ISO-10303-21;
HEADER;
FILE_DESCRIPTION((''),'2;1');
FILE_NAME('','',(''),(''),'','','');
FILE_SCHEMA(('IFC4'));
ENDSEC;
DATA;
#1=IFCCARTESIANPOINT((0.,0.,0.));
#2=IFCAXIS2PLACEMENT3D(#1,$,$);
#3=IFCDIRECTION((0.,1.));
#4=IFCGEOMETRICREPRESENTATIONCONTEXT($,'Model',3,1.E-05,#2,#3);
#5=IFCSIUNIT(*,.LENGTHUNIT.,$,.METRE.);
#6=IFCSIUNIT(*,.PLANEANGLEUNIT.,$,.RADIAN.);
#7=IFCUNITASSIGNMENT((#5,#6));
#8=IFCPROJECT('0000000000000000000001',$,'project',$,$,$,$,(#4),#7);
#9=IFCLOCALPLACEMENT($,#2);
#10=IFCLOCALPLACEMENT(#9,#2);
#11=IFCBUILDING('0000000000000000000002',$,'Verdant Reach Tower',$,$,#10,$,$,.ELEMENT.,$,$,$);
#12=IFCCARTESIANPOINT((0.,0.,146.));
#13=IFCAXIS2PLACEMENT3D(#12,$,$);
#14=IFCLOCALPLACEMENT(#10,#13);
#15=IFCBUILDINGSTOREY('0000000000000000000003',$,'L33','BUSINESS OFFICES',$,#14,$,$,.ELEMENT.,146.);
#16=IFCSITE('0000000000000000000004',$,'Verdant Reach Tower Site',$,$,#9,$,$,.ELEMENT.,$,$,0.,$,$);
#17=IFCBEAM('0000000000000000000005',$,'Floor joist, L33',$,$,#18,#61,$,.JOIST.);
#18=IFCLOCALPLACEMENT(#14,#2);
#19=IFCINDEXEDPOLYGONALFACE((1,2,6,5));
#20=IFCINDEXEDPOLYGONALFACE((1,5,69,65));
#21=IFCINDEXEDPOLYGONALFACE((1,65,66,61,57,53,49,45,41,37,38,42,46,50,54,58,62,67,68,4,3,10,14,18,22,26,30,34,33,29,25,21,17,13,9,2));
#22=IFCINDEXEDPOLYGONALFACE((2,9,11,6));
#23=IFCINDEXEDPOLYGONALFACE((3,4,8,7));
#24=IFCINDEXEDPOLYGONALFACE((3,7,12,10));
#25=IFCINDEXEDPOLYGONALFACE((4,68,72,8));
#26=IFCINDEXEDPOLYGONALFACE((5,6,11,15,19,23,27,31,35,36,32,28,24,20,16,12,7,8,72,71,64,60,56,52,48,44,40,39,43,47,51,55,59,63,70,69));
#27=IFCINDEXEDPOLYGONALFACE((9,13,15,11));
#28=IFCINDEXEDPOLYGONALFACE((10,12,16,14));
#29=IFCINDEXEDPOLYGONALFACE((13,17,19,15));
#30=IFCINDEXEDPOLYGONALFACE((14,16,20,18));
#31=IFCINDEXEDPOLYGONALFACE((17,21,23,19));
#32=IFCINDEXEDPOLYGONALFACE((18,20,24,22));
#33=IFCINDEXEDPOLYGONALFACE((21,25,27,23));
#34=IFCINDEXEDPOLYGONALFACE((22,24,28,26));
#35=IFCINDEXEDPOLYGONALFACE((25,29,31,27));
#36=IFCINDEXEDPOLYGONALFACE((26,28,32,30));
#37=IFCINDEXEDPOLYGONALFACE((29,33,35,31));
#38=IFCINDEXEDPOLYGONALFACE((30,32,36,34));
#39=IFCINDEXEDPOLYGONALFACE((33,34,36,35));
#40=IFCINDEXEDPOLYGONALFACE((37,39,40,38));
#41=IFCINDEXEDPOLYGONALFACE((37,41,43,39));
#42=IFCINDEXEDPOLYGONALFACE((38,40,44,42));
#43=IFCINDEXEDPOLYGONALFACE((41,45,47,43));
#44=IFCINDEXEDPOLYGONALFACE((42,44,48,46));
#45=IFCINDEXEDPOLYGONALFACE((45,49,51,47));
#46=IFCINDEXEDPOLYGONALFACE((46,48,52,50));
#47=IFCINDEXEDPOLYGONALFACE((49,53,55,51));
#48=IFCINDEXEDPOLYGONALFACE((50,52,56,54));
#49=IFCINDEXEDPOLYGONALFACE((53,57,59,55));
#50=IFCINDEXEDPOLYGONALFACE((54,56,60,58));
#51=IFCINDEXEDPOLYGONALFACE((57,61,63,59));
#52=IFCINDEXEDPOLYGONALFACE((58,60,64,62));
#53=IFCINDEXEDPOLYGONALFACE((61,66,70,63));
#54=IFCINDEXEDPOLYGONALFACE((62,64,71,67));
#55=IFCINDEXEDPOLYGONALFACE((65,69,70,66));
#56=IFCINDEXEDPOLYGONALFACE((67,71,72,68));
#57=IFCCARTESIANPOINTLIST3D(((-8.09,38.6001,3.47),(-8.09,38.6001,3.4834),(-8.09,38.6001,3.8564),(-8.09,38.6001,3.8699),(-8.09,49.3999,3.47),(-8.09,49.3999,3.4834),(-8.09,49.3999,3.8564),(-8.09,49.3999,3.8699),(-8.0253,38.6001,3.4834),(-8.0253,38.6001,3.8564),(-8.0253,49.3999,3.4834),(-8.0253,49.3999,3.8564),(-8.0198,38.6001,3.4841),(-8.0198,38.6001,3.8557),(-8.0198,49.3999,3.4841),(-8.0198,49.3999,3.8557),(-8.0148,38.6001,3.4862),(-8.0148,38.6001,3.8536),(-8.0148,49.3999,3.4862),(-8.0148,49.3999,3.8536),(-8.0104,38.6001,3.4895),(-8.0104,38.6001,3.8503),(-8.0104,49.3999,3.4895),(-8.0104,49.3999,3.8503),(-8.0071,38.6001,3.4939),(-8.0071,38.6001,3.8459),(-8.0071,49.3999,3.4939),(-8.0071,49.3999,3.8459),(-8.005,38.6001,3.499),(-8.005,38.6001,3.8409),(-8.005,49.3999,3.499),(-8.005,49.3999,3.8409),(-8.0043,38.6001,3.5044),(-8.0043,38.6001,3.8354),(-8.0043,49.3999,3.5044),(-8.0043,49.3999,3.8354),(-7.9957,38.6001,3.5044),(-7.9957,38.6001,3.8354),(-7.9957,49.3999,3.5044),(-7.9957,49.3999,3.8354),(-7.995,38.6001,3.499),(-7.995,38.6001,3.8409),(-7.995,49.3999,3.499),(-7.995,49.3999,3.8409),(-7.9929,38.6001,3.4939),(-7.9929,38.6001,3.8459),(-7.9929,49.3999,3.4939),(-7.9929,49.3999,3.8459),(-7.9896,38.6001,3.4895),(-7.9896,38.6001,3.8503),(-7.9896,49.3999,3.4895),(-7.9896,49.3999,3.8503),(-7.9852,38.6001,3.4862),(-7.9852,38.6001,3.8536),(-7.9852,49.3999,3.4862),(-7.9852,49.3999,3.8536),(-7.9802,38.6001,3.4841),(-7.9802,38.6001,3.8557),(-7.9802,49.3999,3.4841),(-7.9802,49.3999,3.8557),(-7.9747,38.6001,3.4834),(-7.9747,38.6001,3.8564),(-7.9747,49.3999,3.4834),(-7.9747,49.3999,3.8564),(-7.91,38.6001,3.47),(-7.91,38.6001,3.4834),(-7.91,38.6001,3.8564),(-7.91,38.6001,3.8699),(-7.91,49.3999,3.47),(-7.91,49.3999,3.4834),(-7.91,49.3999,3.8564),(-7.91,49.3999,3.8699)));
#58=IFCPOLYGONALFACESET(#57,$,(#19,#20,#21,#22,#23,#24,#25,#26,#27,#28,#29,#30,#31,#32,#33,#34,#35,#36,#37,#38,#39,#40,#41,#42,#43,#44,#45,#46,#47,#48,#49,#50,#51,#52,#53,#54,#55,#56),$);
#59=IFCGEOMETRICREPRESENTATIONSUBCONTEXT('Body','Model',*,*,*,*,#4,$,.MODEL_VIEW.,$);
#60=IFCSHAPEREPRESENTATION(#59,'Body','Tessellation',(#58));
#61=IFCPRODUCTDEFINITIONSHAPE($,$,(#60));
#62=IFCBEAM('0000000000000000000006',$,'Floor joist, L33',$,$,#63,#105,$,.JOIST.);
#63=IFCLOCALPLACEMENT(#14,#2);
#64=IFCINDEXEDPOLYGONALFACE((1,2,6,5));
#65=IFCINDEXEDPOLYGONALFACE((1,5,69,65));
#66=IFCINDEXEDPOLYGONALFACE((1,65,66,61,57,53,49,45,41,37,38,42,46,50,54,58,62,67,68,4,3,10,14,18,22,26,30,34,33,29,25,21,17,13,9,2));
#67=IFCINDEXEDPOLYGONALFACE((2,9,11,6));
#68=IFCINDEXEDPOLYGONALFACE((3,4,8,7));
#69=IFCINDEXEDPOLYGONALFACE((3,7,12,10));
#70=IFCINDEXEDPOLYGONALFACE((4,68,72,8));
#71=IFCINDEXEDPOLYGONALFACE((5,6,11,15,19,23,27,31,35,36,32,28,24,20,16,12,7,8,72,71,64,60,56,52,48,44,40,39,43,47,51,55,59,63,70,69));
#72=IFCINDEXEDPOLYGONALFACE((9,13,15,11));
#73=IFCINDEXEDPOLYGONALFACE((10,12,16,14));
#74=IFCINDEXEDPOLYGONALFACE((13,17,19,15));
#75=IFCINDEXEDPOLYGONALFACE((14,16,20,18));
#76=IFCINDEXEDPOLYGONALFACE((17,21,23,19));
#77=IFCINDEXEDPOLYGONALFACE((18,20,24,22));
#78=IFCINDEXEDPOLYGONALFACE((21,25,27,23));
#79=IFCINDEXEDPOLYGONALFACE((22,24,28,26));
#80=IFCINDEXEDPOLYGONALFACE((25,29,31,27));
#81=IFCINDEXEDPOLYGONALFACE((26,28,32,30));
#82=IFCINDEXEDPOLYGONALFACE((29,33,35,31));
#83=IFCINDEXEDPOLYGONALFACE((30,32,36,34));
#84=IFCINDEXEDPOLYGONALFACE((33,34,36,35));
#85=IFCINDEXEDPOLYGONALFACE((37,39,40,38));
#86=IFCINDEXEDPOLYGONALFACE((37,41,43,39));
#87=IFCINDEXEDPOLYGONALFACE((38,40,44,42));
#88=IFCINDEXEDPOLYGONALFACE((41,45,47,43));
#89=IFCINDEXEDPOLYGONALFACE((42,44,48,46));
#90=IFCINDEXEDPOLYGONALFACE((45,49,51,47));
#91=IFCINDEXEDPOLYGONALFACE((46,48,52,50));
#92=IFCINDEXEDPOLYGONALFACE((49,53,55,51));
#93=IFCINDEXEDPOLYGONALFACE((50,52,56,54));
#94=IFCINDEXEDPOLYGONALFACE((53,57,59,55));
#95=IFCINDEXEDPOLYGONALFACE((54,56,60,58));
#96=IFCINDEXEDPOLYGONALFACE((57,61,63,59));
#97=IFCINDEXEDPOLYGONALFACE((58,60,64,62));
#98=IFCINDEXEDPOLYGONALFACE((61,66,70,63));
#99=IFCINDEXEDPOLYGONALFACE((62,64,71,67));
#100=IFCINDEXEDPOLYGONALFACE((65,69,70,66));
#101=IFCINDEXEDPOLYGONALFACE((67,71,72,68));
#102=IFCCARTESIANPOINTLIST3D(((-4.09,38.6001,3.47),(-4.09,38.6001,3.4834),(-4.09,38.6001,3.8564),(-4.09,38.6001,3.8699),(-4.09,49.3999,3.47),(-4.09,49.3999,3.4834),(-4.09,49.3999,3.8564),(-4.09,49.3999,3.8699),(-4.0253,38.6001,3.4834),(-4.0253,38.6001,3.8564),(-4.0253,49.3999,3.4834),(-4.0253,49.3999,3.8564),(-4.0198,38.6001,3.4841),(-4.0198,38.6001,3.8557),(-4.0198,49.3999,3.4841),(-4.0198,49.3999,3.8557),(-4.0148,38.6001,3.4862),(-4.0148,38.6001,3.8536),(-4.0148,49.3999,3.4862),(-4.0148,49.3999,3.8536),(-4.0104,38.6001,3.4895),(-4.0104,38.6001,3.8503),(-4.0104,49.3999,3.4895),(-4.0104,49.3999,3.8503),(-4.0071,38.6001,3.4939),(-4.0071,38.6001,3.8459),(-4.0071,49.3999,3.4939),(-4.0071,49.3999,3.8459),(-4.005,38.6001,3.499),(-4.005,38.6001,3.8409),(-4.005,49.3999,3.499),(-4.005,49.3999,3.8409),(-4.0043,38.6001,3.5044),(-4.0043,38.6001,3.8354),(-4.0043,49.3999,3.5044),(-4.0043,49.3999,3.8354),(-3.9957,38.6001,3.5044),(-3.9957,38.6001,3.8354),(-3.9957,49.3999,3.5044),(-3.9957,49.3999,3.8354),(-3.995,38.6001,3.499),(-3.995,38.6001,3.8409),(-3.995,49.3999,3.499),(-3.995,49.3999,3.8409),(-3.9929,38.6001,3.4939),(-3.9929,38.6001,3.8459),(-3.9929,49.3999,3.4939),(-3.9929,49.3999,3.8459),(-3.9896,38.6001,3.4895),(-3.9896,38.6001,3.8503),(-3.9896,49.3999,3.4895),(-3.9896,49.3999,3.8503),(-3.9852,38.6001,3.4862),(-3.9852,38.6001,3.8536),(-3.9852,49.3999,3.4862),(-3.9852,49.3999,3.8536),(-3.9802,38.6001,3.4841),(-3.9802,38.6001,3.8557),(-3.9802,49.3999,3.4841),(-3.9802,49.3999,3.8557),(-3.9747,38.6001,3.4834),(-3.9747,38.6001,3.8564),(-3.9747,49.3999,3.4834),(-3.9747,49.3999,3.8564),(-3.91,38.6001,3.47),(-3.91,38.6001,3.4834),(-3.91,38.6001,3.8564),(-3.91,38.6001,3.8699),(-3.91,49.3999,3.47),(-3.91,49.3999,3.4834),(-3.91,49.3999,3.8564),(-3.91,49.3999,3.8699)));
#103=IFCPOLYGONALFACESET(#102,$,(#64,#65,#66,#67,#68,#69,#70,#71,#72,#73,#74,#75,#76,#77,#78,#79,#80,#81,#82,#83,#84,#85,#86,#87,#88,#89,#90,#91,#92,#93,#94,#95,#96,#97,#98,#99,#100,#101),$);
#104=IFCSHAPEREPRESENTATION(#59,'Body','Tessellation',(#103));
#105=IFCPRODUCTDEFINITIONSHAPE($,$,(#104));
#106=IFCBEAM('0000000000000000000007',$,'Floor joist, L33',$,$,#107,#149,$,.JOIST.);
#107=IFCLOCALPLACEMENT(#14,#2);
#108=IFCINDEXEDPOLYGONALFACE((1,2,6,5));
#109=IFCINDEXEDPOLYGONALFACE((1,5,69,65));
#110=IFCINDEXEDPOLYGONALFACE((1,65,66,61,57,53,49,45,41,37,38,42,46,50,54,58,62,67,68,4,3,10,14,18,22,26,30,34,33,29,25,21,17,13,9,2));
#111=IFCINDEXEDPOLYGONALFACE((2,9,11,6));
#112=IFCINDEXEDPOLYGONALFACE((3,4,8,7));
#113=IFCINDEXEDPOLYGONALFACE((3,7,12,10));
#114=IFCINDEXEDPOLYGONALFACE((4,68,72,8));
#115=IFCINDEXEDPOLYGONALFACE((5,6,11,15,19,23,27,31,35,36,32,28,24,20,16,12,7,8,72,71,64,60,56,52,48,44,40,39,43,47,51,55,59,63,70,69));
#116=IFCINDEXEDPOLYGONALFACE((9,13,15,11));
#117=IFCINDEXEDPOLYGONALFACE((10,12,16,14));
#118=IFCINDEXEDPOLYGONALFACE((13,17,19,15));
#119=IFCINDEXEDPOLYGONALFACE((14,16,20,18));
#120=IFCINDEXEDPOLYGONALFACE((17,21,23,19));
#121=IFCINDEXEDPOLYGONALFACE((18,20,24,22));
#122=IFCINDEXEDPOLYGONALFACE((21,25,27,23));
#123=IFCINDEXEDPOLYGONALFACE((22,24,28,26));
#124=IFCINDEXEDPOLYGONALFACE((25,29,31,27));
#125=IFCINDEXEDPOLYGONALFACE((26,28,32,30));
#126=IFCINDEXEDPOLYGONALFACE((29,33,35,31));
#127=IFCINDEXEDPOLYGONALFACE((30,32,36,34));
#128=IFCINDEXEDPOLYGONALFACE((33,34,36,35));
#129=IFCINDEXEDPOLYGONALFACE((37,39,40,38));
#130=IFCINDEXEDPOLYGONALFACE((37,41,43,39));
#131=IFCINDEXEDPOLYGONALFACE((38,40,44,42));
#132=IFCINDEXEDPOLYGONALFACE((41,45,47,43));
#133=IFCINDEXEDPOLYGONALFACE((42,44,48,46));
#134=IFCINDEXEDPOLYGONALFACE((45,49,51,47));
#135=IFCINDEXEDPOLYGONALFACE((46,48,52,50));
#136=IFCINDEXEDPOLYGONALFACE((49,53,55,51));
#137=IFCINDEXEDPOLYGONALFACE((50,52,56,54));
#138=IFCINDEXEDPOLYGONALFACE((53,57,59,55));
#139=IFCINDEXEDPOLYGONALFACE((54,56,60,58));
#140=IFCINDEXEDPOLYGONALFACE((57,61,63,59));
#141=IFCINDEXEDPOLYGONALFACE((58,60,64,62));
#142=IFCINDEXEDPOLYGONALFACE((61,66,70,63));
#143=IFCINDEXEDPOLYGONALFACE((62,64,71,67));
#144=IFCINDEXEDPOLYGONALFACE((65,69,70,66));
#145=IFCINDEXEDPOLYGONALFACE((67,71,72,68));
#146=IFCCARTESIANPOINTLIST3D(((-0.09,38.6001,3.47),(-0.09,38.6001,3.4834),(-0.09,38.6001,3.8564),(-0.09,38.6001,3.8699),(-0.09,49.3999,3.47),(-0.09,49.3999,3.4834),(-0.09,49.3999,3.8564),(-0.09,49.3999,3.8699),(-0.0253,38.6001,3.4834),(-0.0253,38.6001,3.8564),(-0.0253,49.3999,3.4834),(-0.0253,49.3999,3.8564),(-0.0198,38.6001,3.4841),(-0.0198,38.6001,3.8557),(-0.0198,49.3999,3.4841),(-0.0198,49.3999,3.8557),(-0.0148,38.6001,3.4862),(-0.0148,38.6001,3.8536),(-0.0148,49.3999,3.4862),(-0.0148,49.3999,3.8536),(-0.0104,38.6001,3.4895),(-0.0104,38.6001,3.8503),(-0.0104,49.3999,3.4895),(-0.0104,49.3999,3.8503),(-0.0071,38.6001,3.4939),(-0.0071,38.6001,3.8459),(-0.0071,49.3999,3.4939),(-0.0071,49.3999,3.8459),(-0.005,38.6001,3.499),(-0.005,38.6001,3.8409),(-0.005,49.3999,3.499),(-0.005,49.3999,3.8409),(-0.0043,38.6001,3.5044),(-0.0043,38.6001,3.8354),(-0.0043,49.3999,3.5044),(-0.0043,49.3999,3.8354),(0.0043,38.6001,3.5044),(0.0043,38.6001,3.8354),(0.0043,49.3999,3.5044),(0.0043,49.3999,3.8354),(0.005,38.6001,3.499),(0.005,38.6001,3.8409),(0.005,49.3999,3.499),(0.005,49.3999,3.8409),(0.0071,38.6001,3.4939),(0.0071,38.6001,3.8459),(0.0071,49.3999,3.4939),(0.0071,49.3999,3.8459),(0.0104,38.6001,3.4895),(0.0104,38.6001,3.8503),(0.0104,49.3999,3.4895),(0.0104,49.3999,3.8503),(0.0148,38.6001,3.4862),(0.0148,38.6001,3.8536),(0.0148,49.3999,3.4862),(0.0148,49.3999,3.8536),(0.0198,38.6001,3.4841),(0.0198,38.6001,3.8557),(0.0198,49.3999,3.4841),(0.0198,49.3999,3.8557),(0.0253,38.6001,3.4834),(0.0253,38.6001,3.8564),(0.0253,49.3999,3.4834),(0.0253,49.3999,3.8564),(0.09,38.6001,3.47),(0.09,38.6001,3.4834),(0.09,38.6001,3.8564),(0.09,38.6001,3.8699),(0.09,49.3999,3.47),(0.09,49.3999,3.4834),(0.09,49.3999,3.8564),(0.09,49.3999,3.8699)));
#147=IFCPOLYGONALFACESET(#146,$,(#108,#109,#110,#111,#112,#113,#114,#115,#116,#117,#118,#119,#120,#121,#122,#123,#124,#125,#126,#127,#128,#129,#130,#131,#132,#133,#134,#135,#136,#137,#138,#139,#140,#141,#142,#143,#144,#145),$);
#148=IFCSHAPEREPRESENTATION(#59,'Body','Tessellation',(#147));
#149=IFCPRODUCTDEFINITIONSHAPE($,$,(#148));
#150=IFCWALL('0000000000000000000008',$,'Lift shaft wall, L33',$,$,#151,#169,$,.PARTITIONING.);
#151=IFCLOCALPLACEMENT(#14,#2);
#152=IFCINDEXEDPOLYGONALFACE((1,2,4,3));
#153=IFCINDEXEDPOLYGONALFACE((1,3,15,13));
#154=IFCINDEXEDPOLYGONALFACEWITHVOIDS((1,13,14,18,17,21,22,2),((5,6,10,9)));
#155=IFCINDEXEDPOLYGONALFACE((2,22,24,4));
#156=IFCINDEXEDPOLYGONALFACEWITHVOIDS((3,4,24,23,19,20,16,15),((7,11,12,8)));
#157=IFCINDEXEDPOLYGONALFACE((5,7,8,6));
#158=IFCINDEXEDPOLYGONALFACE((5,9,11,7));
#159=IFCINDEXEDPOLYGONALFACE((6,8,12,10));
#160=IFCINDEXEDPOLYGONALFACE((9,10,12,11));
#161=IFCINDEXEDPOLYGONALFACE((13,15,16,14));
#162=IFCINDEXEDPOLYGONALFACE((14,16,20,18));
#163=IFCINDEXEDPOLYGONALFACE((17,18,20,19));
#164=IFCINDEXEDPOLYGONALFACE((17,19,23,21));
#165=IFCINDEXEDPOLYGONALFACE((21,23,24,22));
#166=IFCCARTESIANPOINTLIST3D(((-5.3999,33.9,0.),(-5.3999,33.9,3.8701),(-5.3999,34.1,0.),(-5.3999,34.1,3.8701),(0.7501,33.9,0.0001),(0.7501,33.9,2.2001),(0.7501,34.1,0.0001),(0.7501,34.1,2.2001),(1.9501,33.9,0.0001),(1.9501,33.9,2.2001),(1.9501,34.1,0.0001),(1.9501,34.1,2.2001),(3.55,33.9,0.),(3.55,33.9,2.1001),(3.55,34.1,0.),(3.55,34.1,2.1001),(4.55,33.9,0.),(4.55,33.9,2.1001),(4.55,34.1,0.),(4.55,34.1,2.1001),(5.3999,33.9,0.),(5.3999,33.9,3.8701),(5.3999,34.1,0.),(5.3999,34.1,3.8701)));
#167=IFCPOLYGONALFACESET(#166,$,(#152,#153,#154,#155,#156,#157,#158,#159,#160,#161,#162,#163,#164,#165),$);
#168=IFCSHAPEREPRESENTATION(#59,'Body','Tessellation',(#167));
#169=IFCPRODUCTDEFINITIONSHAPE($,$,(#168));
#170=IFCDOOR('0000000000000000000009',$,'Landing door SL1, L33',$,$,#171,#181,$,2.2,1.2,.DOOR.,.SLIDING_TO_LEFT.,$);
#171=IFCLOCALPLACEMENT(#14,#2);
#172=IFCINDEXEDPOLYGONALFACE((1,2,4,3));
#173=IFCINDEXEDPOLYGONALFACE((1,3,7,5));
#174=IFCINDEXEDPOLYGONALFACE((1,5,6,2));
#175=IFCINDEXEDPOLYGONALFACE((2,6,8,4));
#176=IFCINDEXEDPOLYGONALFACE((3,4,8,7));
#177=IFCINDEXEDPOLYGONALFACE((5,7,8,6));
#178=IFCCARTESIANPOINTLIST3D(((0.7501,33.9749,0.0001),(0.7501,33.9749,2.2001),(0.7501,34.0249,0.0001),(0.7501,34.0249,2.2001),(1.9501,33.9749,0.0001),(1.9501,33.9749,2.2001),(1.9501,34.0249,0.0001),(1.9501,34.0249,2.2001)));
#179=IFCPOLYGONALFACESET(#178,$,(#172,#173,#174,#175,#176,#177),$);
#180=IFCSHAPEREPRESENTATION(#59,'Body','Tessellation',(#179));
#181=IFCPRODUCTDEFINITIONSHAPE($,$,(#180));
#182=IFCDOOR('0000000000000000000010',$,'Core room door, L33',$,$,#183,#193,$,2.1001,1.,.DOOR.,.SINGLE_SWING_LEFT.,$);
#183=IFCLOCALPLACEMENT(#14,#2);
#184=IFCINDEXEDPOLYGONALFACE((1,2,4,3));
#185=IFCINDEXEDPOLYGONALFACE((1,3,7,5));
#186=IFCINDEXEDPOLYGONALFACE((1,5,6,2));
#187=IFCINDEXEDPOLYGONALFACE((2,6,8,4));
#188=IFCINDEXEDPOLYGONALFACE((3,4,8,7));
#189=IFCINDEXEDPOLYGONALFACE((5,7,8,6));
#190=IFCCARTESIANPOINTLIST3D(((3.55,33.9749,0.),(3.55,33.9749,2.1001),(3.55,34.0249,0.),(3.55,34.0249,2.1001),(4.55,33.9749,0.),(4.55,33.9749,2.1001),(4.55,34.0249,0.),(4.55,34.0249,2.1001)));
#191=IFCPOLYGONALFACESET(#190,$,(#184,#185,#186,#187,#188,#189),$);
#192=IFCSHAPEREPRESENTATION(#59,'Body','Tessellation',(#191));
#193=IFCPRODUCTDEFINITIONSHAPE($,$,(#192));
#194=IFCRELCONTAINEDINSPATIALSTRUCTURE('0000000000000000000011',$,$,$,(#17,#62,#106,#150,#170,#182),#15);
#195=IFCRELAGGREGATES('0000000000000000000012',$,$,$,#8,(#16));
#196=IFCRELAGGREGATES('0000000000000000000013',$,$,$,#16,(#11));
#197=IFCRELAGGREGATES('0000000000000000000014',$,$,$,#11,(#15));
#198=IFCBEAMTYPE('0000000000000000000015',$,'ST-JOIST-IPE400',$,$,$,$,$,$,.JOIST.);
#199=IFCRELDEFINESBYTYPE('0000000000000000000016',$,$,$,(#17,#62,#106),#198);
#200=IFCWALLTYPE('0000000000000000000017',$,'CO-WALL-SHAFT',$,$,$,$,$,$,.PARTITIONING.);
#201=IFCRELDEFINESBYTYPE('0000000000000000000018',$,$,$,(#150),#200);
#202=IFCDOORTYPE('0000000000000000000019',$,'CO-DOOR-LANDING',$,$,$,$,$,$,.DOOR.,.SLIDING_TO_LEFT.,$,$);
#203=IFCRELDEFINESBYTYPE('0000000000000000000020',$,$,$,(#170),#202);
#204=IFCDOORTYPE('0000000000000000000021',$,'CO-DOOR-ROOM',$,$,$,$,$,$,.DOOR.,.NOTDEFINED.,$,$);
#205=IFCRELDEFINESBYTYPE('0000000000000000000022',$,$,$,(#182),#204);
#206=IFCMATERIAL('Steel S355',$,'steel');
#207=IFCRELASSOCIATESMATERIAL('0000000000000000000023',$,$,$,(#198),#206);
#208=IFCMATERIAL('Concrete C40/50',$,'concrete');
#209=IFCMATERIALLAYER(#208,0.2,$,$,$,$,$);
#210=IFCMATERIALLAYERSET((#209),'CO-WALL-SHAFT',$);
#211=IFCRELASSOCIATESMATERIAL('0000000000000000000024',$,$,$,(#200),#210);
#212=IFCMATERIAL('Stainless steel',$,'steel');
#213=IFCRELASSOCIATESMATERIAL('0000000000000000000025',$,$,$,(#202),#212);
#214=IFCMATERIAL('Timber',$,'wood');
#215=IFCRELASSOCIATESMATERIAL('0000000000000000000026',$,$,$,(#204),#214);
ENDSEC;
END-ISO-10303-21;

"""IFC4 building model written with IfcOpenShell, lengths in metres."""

from ifc_helpers import new_model, si_unit, direction, frame, frame_2d, origin, origin_2d, place, context, subcontext, project, spatial, rectangle, i_section, extrude, material, layer, layer_set, material_profile, profile_set, type_object, element, fill, save


model = new_model("IFC4")

# Units and contexts
model_context = context("Model", 3, precision=1e-05, world=origin(), true_north=direction((0.0, 1.0)))
body_context = subcontext(model_context, "Body", "Model", "MODEL_VIEW")
ifc_project = project(units=[si_unit("LENGTHUNIT", "METRE"), si_unit("PLANEANGLEUNIT", "RADIAN")], contexts=[model_context])

# Site, building, storey
site_placement = place(None, origin())
site = spatial("IfcSite", under=ifc_project, at=site_placement, Name="Verdant Reach Tower Site", CompositionType="ELEMENT", RefElevation=0.0)
building_placement = place(site_placement, origin())
building = spatial("IfcBuilding", under=site, at=building_placement, Name="Verdant Reach Tower", CompositionType="ELEMENT")
storey_placement = place(building_placement, frame((0.0, 0.0, 146.0)))
storey = spatial("IfcBuildingStorey", under=building, at=storey_placement, Name="L33", Description="BUSINESS OFFICES", CompositionType="ELEMENT", Elevation=146.0)

# Beams
ifc_material_1 = material(Name="Steel S355", Category="steel")
ifc_material_profile = material_profile(ifc_material_1, i_section(OverallWidth=0.1799, OverallDepth=0.3999, WebThickness=0.0085, FlangeThickness=0.0134, FilletRadius=0.021, at=origin_2d()), Name="IPE 400")
ifc_profile_set = profile_set([ifc_material_profile], Name="Steel S355")
beam_type = type_object("IfcBeamType", Name="ST-JOIST-IPE400", PredefinedType="JOIST", material=ifc_profile_set)
for number, where, z_axis, x_axis, name in (
    (1, (-8.0, 38.6001, 3.6699), (0.0, 1.0, 0.0), (-1.0, 0.0, 0.0), "Floor joist, L33"),
    (2, (-4.0, 38.6001, 3.6699), (0.0, 1.0, 0.0), (-1.0, 0.0, 0.0), "Floor joist, L33"),
    (3, (0.0, 38.6001, 3.6699), (0.0, 1.0, 0.0), (-1.0, 0.0, 0.0), "Floor joist, L33"),
):
    element("IfcBeam", number, at=place(storey_placement, frame(where, z_axis=z_axis, x_axis=x_axis)), inside=storey, type_object=beam_type, Name=name, PredefinedType="JOIST", context=body_context, shape_type="SweptSolid", body=[
        extrude(i_section(OverallWidth=0.1799, OverallDepth=0.3999, WebThickness=0.0085, FlangeThickness=0.0134, FilletRadius=0.021, at=origin_2d()), origin(), (0.0, 0.0, 1.0), 10.7998),
    ])

# Wall, openings, doors
ifc_material_2 = material(Name="Concrete C40/50", Category="concrete")
ifc_layer_1 = layer(ifc_material_2, 0.2)
ifc_layer_set_1 = layer_set([ifc_layer_1], Name="CO-WALL-SHAFT")
wall_type_1 = type_object("IfcWallType", Name="CO-WALL-SHAFT", PredefinedType="PARTITIONING", material=ifc_layer_set_1)
wall_1_placement = place(storey_placement, frame((-5.3999, 34.0, 0.0), z_axis=(0.0, 0.0, 1.0), x_axis=(1.0, 0.0, 0.0)))
wall_1 = element("IfcWall", 4, at=wall_1_placement, inside=storey, type_object=wall_type_1, Name="Lift shaft wall, L33", PredefinedType="PARTITIONING", context=body_context, shape_type="SweptSolid", body=[
    extrude(rectangle(XDim=10.7998, YDim=0.2, at=frame_2d((5.3999, 0.0))), origin(), (0.0, 0.0, 1.0), 3.8701),
])
opening_1_placement = place(wall_1_placement, frame((6.1499, 0.0, 0.0)))
opening_1 = element("IfcOpeningElement", 5, at=opening_1_placement, cuts=wall_1, PredefinedType="OPENING", context=body_context, shape_type="SweptSolid", body=[
    extrude(rectangle(XDim=1.2, YDim=2.2, at=frame_2d((0.6001, 1.1001))), frame((0.0, 0.1099, 0.0), z_axis=(0.0, -1.0, 0.0), x_axis=(1.0, 0.0, 0.0)), (0.0, 0.0, 1.0), 0.22),
])
opening_2_placement = place(wall_1_placement, frame((8.95, 0.0, 0.0)))
opening_2 = element("IfcOpeningElement", 6, at=opening_2_placement, cuts=wall_1, PredefinedType="OPENING", context=body_context, shape_type="SweptSolid", body=[
    extrude(rectangle(XDim=1.0, YDim=2.1001, at=frame_2d((0.5, 1.05))), frame((0.0, 0.1099, 0.0), z_axis=(0.0, -1.0, 0.0), x_axis=(1.0, 0.0, 0.0)), (0.0, 0.0, 1.0), 0.22),
])
ifc_material_3 = material(Name="Stainless steel", Category="steel")
door_type_1 = type_object("IfcDoorType", Name="CO-DOOR-LANDING", OperationType="SLIDING_TO_LEFT", PredefinedType="DOOR", material=ifc_material_3)
door_1_placement = place(opening_1_placement, origin())
door_1 = element("IfcDoor", 7, at=door_1_placement, inside=storey, type_object=door_type_1, Name="Landing door SL1, L33", OperationType="SLIDING_TO_LEFT", OverallHeight=2.2, OverallWidth=1.2, PredefinedType="DOOR", context=body_context, shape_type="SweptSolid", body=[
    extrude(rectangle(XDim=1.2, YDim=2.2, at=frame_2d((0.6001, 1.1001))), frame((0.0, 0.0249, 0.0), z_axis=(0.0, -1.0, 0.0), x_axis=(1.0, 0.0, 0.0)), (0.0, 0.0, 1.0), 0.05),
])
fill(opening_1, door_1)
ifc_material_4 = material(Name="Timber", Category="wood")
door_type_2 = type_object("IfcDoorType", Name="CO-DOOR-ROOM", OperationType="NOTDEFINED", PredefinedType="DOOR", material=ifc_material_4)
door_2_placement = place(opening_2_placement, origin())
door_2 = element("IfcDoor", 8, at=door_2_placement, inside=storey, type_object=door_type_2, Name="Core room door, L33", OperationType="SINGLE_SWING_LEFT", OverallHeight=2.1001, OverallWidth=1.0, PredefinedType="DOOR", context=body_context, shape_type="SweptSolid", body=[
    extrude(rectangle(XDim=1.0, YDim=2.1001, at=frame_2d((0.5, 1.05))), frame((0.0, 0.0249, 0.0), z_axis=(0.0, -1.0, 0.0), x_axis=(1.0, 0.0, 0.0)), (0.0, 0.0, 1.0), 0.05),
])
fill(opening_2, door_2)

save(model, "model.ifc")
